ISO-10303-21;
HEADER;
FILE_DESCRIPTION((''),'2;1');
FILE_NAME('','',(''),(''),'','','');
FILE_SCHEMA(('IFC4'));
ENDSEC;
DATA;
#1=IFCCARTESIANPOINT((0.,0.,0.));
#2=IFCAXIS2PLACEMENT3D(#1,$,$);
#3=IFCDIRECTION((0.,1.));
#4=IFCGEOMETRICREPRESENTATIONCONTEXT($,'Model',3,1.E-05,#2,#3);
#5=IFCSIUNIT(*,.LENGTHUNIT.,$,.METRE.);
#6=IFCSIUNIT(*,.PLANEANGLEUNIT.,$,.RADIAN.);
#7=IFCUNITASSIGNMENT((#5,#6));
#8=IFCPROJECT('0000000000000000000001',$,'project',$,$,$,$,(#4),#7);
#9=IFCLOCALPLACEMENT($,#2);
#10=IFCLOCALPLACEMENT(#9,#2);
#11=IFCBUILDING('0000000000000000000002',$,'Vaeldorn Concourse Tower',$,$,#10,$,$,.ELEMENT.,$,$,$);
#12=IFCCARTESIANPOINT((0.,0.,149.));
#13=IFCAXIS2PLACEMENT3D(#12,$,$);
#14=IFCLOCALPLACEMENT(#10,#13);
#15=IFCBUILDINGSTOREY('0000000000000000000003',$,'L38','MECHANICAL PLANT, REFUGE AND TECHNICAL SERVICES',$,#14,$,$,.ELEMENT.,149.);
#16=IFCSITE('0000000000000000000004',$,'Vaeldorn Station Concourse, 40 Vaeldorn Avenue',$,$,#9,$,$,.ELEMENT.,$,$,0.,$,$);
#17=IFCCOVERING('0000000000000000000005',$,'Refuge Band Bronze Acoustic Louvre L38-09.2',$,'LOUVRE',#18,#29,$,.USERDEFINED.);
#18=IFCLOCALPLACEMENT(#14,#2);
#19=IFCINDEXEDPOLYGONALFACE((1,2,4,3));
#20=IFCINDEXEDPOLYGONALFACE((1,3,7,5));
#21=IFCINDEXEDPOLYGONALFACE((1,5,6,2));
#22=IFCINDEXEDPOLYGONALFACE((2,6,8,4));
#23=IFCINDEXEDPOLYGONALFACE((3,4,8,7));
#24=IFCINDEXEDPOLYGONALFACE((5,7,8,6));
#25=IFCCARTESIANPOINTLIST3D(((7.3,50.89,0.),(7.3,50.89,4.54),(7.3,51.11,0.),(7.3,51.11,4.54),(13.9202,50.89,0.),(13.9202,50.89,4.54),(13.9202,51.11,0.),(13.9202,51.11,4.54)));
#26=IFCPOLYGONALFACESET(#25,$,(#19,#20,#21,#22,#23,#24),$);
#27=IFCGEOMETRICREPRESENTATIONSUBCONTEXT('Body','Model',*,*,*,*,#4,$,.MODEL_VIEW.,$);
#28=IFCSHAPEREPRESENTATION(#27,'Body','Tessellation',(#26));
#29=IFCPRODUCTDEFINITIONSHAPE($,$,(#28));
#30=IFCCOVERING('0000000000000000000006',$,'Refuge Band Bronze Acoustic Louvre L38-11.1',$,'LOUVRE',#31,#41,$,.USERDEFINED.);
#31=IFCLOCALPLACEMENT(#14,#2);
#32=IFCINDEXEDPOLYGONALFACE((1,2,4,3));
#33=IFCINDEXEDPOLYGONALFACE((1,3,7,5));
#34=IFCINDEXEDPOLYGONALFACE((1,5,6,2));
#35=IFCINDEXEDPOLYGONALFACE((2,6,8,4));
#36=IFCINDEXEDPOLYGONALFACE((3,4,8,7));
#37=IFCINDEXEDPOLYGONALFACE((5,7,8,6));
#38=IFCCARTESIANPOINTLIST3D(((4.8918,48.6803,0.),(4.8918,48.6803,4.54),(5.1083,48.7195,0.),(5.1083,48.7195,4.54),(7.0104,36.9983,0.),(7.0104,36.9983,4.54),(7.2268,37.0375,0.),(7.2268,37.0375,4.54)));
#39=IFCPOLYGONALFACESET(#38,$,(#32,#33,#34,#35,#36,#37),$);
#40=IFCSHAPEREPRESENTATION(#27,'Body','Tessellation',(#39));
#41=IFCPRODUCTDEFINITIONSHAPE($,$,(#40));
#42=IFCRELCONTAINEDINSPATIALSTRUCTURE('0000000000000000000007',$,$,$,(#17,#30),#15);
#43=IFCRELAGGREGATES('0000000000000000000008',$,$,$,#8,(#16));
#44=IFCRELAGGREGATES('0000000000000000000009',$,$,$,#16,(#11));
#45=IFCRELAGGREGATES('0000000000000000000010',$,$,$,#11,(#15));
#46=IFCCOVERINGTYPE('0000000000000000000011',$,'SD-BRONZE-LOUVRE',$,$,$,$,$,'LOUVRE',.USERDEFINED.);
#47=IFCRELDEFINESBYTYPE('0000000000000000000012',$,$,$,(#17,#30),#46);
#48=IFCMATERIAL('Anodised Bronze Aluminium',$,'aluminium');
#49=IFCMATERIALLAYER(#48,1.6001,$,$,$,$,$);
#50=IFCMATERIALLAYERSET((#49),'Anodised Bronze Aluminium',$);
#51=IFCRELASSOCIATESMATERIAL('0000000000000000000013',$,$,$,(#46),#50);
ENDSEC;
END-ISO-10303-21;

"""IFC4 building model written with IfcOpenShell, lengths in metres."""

from ifc_helpers import new_model, si_unit, direction, frame, origin, origin_2d, place, context, subcontext, project, spatial, rectangle, extrude, source, transform, mapped, material, layer, layer_set, type_object, element, save


model = new_model("IFC4")

# Units and contexts
model_context = context("Model", 3, precision=1e-05, world=origin(), true_north=direction((0.0, 1.0)))
body_context = subcontext(model_context, "Body", "Model", "MODEL_VIEW")
ifc_project = project(units=[si_unit("LENGTHUNIT", "METRE"), si_unit("PLANEANGLEUNIT", "RADIAN")], contexts=[model_context])

# Site, building, storey
site_placement = place(None, origin())
site = spatial("IfcSite", under=ifc_project, at=site_placement, Name="Vaeldorn Station Concourse, 40 Vaeldorn Avenue", CompositionType="ELEMENT", RefElevation=0.0)
building_placement = place(site_placement, origin())
building = spatial("IfcBuilding", under=site, at=building_placement, Name="Vaeldorn Concourse Tower", CompositionType="ELEMENT")
storey_placement = place(building_placement, frame((0.0, 0.0, 149.0)))
storey = spatial("IfcBuildingStorey", under=building, at=storey_placement, Name="L38", Description="MECHANICAL PLANT, REFUGE AND TECHNICAL SERVICES", CompositionType="ELEMENT", Elevation=149.0)

# Shared definitions
ifc_material_1 = material(Name="Anodised Bronze Aluminium", Category="aluminium")

# Coverings
ifc_layer_1 = layer(ifc_material_1, 1.6001)
ifc_layer_set_1 = layer_set([ifc_layer_1], Name="Anodised Bronze Aluminium")
covering_type = type_object("IfcCoveringType", Name="SD-BRONZE-LOUVRE", ElementType="LOUVRE", PredefinedType="USERDEFINED", material=ifc_layer_set_1)
shared_shape_1 = source(origin(), body_context, "Body", "SweptSolid", [
    extrude(rectangle(XDim=6.6201, YDim=0.22, at=origin_2d()), origin(), (0.0, 0.0, 1.0), 4.54),
])
covering_1_placement = place(storey_placement, frame((10.6101, 51.0, 0.0), z_axis=(0.0, 0.0, 1.0), x_axis=(-1.0, 0.0, 0.0)))
element("IfcCovering", 1, at=covering_1_placement, inside=storey, type_object=covering_type, Name="Refuge Band Bronze Acoustic Louvre L38-09.2", ObjectType="LOUVRE", PredefinedType="USERDEFINED", context=body_context, shape_type="MappedRepresentation", body=[
    mapped(shared_shape_1, transform((0.0, 0.0, 0.0), scale=1.0)),
])
shared_shape_2 = source(origin(), body_context, "Body", "SweptSolid", [
    extrude(rectangle(XDim=11.8726, YDim=0.22, at=origin_2d()), origin(), (0.0, 0.0, 1.0), 4.54),
])
covering_2_placement = place(storey_placement, frame((6.0593, 42.8589, 0.0), z_axis=(0.0, 0.0, 1.0), x_axis=(0.178442, -0.983951, 0.0)))
element("IfcCovering", 2, at=covering_2_placement, inside=storey, type_object=covering_type, Name="Refuge Band Bronze Acoustic Louvre L38-11.1", ObjectType="LOUVRE", PredefinedType="USERDEFINED", context=body_context, shape_type="MappedRepresentation", body=[
    mapped(shared_shape_2, transform((0.0, 0.0, 0.0), scale=1.0)),
])

save(model, "model.ifc")
